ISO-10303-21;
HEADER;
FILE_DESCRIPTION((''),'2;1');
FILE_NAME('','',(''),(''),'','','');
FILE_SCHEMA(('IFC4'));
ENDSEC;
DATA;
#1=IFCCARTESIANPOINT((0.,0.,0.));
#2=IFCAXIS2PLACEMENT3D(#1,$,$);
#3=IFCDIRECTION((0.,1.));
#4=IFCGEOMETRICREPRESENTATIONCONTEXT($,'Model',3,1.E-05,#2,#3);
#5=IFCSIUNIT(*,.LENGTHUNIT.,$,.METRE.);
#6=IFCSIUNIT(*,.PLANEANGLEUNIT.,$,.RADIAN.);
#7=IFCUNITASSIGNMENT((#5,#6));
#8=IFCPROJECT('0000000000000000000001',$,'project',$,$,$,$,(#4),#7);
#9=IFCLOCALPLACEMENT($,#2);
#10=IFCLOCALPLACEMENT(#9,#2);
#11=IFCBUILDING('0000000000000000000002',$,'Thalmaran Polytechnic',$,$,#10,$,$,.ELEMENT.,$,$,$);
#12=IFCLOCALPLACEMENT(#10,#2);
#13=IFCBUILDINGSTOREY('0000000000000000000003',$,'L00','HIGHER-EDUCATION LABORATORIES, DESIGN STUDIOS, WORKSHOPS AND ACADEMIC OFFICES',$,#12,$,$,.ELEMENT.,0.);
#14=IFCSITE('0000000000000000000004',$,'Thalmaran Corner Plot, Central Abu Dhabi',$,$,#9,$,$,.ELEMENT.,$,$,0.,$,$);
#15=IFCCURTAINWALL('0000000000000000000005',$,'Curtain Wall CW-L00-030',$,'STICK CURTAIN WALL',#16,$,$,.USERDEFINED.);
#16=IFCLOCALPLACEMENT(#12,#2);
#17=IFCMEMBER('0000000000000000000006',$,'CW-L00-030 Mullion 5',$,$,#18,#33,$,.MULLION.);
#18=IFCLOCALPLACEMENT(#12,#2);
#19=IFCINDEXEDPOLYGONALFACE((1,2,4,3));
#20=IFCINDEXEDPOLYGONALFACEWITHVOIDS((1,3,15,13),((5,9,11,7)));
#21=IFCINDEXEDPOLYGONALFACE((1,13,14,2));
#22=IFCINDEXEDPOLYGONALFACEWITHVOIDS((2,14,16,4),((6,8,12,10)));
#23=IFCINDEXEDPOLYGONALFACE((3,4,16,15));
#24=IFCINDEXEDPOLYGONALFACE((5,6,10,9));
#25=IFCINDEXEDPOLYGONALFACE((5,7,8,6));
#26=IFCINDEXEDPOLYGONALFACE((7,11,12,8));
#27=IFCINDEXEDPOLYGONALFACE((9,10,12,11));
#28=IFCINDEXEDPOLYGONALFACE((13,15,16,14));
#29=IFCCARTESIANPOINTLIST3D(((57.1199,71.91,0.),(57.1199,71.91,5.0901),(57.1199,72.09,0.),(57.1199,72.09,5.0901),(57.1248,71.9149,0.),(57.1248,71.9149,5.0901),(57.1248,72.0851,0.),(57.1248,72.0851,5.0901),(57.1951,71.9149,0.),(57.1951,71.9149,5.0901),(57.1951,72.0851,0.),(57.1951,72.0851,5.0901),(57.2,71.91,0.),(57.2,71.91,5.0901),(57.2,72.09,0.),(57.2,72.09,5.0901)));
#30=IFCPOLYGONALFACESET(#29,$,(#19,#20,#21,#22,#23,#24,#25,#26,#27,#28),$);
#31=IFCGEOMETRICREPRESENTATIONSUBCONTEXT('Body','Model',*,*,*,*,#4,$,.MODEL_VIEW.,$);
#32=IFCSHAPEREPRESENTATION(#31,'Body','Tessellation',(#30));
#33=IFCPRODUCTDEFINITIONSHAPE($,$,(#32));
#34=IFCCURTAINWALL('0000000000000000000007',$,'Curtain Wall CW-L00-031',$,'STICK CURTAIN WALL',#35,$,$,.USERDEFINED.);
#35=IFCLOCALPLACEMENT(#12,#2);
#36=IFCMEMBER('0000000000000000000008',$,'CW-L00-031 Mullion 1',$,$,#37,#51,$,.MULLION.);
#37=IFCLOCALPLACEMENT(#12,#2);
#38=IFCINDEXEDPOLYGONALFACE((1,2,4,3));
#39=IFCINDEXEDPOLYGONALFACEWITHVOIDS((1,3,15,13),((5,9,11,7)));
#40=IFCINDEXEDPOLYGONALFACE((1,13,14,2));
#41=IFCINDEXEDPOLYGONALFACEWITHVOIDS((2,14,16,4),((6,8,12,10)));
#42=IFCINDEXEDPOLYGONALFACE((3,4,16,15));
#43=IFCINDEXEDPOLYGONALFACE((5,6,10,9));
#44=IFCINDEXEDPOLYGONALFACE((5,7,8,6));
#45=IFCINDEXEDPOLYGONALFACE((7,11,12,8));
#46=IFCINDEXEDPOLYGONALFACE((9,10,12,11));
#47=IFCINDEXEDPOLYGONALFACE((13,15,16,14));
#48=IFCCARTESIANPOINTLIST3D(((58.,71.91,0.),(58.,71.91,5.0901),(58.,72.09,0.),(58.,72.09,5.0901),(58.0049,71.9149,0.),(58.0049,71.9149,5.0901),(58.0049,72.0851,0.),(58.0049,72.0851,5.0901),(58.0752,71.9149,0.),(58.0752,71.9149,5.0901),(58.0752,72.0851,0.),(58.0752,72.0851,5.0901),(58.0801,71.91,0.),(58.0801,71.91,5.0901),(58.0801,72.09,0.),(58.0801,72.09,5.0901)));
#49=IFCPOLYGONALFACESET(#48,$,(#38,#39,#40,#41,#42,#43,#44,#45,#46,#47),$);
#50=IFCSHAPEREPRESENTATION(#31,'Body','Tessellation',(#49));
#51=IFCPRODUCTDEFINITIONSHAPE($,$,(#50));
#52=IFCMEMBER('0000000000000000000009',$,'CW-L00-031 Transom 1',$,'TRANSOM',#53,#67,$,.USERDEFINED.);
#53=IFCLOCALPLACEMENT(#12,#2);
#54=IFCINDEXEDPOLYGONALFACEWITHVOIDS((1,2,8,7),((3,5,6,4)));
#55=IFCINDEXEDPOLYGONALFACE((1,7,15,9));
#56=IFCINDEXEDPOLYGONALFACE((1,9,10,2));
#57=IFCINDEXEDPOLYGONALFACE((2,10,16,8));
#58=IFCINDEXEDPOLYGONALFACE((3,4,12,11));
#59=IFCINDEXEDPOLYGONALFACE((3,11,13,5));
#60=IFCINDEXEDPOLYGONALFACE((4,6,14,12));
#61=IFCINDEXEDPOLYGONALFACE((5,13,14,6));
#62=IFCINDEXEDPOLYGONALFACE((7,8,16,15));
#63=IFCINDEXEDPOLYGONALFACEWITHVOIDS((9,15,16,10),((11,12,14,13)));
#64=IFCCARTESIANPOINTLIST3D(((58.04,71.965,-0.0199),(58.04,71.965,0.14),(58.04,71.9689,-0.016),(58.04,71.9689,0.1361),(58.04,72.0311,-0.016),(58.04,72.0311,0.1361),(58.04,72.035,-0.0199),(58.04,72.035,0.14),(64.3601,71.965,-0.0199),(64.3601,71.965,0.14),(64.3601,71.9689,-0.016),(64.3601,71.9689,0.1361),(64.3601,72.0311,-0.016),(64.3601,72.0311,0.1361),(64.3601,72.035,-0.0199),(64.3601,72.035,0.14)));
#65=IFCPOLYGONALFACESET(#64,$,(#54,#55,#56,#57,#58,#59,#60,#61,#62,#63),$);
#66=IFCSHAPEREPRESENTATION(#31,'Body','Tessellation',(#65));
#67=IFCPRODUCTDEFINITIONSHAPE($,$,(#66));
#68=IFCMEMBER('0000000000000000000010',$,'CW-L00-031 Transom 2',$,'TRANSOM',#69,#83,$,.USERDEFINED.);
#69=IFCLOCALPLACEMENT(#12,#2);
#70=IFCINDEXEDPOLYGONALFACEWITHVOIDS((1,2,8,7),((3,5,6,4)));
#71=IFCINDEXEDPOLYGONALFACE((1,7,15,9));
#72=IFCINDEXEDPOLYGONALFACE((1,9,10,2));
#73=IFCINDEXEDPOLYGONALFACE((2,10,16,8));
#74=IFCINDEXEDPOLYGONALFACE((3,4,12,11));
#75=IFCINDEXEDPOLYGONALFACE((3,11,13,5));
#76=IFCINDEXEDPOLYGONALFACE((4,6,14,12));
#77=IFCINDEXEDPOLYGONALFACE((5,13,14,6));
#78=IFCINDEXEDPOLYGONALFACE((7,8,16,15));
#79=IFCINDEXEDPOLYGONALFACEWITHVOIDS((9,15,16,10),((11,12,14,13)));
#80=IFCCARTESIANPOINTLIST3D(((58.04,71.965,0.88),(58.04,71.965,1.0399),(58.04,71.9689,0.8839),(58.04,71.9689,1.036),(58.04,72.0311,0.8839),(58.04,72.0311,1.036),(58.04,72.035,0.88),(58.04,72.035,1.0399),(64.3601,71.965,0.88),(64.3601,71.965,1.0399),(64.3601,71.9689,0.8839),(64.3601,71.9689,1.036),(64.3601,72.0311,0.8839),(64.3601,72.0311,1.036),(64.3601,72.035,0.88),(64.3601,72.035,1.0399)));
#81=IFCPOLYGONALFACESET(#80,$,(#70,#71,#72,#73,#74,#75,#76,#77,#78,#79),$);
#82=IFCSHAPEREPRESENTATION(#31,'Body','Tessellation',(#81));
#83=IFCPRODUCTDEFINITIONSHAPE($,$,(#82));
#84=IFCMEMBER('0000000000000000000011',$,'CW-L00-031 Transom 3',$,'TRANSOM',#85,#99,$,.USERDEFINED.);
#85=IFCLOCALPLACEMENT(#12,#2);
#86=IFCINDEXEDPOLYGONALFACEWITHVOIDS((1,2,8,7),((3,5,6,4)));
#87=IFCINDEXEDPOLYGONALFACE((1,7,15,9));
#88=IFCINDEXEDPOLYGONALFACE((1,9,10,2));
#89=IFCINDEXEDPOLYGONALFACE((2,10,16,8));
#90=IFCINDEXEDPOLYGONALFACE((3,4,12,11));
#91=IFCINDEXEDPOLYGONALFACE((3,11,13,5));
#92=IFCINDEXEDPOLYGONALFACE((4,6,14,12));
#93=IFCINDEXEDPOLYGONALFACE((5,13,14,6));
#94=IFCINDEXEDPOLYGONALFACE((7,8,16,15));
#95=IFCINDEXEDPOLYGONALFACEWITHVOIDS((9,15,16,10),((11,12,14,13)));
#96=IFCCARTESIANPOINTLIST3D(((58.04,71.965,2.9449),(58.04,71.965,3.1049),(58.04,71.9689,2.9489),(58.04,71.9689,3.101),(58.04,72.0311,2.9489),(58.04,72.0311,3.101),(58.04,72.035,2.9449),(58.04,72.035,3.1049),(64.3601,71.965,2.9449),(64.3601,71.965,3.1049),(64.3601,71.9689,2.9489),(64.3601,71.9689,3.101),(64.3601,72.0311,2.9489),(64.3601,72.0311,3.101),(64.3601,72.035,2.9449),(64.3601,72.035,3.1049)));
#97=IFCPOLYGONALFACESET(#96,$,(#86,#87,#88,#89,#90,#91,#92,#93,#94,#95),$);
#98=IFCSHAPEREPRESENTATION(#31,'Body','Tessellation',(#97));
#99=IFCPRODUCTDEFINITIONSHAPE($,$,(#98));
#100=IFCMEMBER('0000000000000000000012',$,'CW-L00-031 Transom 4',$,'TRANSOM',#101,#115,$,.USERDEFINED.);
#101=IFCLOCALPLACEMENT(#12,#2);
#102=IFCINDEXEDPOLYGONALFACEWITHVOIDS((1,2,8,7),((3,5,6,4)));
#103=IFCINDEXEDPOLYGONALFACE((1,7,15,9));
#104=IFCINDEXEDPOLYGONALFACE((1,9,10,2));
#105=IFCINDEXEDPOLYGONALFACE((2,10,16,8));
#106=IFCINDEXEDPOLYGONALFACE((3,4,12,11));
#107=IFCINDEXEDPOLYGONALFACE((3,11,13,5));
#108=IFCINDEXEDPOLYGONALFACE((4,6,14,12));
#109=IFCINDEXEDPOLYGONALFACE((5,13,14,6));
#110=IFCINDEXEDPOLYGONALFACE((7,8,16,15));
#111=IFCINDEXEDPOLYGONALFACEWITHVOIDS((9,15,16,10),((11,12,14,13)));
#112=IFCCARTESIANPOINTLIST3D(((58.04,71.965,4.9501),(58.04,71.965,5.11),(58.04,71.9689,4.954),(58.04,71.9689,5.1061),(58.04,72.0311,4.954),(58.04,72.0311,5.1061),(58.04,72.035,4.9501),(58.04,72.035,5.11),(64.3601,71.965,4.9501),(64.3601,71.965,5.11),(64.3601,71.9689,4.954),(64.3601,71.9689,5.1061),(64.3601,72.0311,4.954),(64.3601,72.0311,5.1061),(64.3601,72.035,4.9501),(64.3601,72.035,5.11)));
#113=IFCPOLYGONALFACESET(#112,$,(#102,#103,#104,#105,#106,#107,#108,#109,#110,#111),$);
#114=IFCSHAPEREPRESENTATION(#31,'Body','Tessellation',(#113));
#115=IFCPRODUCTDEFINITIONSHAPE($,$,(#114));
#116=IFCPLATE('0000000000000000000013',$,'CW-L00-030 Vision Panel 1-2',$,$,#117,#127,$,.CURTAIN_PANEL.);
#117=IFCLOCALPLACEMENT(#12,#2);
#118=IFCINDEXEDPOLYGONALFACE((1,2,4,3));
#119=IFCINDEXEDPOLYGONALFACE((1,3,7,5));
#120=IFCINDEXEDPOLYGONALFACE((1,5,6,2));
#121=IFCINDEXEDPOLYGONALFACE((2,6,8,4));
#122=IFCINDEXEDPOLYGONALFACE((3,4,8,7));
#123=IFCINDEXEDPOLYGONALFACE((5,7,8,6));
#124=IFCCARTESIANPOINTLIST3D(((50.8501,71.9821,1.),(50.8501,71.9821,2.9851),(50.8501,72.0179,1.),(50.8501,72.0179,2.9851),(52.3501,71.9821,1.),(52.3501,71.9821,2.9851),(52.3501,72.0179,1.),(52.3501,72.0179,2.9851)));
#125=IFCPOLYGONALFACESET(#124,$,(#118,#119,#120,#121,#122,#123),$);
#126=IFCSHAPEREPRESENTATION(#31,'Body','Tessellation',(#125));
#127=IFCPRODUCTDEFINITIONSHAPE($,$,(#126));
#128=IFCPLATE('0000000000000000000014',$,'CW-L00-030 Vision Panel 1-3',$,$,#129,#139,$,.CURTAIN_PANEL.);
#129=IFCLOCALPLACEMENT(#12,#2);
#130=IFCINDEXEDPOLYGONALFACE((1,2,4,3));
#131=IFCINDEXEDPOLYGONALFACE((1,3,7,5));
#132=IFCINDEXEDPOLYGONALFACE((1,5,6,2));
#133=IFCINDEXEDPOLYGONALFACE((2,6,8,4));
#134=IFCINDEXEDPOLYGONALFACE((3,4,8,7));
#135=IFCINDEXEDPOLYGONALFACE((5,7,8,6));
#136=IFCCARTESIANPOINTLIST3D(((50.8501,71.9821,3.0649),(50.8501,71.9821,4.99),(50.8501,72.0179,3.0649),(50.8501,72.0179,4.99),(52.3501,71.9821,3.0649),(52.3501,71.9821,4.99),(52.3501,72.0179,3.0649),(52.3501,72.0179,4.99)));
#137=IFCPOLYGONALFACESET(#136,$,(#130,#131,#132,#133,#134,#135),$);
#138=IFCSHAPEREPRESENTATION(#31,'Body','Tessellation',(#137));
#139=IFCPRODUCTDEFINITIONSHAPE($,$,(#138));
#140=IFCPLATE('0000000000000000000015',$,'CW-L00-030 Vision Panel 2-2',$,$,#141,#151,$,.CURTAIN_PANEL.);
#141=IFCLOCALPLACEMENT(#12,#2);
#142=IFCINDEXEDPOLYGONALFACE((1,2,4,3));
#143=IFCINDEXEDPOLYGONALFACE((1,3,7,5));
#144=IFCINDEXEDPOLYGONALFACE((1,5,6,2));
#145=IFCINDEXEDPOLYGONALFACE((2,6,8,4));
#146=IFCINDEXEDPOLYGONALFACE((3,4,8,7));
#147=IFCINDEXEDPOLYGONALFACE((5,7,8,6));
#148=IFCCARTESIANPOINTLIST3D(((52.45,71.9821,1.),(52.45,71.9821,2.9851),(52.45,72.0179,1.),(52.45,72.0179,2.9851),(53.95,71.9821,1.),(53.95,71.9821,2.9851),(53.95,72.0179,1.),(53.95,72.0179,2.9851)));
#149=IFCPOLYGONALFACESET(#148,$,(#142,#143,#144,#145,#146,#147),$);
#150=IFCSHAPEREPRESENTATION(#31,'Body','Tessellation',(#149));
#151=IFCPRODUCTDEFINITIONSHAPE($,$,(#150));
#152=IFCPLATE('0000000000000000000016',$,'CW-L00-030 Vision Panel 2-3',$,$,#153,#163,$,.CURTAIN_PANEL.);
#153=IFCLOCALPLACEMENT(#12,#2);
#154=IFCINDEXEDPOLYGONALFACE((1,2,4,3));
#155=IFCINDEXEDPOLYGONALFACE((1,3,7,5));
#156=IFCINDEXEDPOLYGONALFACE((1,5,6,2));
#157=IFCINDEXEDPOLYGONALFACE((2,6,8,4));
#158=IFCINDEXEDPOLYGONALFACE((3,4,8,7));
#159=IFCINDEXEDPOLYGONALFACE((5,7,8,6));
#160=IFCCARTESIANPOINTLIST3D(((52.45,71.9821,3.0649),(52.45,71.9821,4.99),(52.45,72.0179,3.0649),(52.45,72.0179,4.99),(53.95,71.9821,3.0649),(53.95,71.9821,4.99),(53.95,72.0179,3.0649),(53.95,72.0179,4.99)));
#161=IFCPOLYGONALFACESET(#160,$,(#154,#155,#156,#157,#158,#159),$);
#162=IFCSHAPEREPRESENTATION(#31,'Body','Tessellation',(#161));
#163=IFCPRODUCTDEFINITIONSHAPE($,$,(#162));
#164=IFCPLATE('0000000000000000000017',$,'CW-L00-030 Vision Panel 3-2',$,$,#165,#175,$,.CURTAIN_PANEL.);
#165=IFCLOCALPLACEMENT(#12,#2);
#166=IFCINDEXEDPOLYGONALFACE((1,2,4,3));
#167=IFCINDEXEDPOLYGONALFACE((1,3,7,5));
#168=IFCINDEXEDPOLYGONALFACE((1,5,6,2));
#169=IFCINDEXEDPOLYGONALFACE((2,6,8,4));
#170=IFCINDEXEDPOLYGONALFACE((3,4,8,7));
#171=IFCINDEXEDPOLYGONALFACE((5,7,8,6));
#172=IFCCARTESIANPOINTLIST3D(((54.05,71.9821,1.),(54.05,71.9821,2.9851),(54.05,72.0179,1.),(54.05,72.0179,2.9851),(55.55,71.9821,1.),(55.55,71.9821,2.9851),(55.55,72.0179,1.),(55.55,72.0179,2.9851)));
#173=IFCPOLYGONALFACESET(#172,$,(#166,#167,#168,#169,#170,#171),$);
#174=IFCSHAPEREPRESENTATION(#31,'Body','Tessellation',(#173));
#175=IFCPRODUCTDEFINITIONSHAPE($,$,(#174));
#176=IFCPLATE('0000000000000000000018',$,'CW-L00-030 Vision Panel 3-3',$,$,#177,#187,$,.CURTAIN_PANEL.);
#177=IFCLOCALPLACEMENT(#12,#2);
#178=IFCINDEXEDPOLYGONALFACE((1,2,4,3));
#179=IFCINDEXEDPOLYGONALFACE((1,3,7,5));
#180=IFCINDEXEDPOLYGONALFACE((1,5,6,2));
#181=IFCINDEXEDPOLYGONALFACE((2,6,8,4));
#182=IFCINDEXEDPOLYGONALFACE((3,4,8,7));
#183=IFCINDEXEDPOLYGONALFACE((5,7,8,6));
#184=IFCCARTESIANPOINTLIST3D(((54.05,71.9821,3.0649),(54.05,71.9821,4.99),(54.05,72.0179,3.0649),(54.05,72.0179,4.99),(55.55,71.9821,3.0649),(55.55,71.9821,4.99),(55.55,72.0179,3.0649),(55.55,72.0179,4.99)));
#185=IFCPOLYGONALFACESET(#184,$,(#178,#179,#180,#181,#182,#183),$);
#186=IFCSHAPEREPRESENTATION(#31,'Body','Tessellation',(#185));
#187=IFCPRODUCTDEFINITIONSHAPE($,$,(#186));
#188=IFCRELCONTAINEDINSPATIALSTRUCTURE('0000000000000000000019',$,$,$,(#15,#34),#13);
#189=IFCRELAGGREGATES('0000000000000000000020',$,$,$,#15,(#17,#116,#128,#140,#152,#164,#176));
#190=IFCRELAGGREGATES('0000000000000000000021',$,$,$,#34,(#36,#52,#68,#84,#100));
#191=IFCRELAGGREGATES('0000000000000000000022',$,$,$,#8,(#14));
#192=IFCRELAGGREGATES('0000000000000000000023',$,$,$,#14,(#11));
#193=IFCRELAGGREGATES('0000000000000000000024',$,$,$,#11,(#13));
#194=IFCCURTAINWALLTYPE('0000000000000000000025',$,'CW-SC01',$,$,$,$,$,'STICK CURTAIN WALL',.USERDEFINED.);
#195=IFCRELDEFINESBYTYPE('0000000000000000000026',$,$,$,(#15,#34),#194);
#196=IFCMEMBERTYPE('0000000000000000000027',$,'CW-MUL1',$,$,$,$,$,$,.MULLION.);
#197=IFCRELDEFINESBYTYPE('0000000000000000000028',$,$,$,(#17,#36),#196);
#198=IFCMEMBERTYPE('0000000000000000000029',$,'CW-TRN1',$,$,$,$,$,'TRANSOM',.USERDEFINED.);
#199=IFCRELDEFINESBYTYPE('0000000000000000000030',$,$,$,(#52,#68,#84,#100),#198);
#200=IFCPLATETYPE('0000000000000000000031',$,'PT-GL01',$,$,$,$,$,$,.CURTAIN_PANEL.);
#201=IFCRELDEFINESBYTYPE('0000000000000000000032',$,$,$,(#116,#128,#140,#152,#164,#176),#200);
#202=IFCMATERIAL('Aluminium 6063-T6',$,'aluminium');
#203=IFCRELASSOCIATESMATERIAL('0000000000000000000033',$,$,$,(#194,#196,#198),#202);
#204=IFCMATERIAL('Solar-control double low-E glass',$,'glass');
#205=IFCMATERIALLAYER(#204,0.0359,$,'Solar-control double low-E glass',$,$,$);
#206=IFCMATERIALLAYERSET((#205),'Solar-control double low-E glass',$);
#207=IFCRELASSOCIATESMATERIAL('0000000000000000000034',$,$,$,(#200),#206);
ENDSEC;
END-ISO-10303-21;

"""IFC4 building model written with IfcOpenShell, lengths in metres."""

from ifc_helpers import new_model, si_unit, direction, frame, origin, origin_2d, place, context, subcontext, project, spatial, rectangle, hollow_rectangle, extrude, material, layer, layer_set, material_profile, profile_set, type_object, element, aggregate, save


model = new_model("IFC4")

# Units and contexts
model_context = context("Model", 3, precision=1e-05, world=origin(), true_north=direction((0.0, 1.0)))
body_context = subcontext(model_context, "Body", "Model", "MODEL_VIEW")
ifc_project = project(units=[si_unit("LENGTHUNIT", "METRE"), si_unit("PLANEANGLEUNIT", "RADIAN")], contexts=[model_context])

# Site, building, storey
site_placement = place(None, origin())
site = spatial("IfcSite", under=ifc_project, at=site_placement, Name="Thalmaran Corner Plot, Central Abu Dhabi", CompositionType="ELEMENT", RefElevation=0.0)
building_placement = place(site_placement, origin())
building = spatial("IfcBuilding", under=site, at=building_placement, Name="Thalmaran Polytechnic", CompositionType="ELEMENT")
storey_placement = place(building_placement, origin())
storey = spatial("IfcBuildingStorey", under=building, at=storey_placement, Name="L00", Description="HIGHER-EDUCATION LABORATORIES, DESIGN STUDIOS, WORKSHOPS AND ACADEMIC OFFICES", CompositionType="ELEMENT", Elevation=0.0)

# Curtain walls, members
ifc_material_1 = material(Name="Aluminium 6063-T6", Category="aluminium")
curtain_wall_type = type_object("IfcCurtainWallType", Name="CW-SC01", ElementType="STICK CURTAIN WALL", PredefinedType="USERDEFINED", material=ifc_material_1)
curtain_wall_1_placement = place(storey_placement, origin())
curtain_wall_1 = element("IfcCurtainWall", 1, at=curtain_wall_1_placement, inside=storey, type_object=curtain_wall_type, Name="Curtain Wall CW-L00-030", ObjectType="STICK CURTAIN WALL", PredefinedType="USERDEFINED")
ifc_material_profile_1 = material_profile(ifc_material_1, hollow_rectangle(XDim=0.0801, YDim=0.1799, WallThickness=0.0049, at=origin_2d()), Name="RHS 180x80x5.0")
ifc_profile_set_1 = profile_set([ifc_material_profile_1], Name="Aluminium 6063-T6")
member_type_1 = type_object("IfcMemberType", Name="CW-MUL1", PredefinedType="MULLION", material=ifc_profile_set_1)
member_1_placement = place(storey_placement, frame((57.1599, 72.0, 0.0), z_axis=(0.0, 0.0, 1.0), x_axis=(1.0, 0.0, 0.0)))
member_1 = element("IfcMember", 2, at=member_1_placement, type_object=member_type_1, Name="CW-L00-030 Mullion 5", PredefinedType="MULLION", context=body_context, shape_type="SweptSolid", body=[
    extrude(hollow_rectangle(XDim=0.0801, YDim=0.1799, WallThickness=0.0049, at=origin_2d()), origin(), (0.0, 0.0, 1.0), 5.0901),
])
curtain_wall_2_placement = place(storey_placement, origin())
curtain_wall_2 = element("IfcCurtainWall", 3, at=curtain_wall_2_placement, inside=storey, type_object=curtain_wall_type, Name="Curtain Wall CW-L00-031", ObjectType="STICK CURTAIN WALL", PredefinedType="USERDEFINED")
member_2_placement = place(storey_placement, frame((58.04, 72.0, 0.0), z_axis=(0.0, 0.0, 1.0), x_axis=(1.0, 0.0, 0.0)))
member_2 = element("IfcMember", 4, at=member_2_placement, type_object=member_type_1, Name="CW-L00-031 Mullion 1", PredefinedType="MULLION", context=body_context, shape_type="SweptSolid", body=[
    extrude(hollow_rectangle(XDim=0.0801, YDim=0.1799, WallThickness=0.0049, at=origin_2d()), origin(), (0.0, 0.0, 1.0), 5.0901),
])
ifc_material_profile_2 = material_profile(ifc_material_1, hollow_rectangle(XDim=0.0701, YDim=0.1599, WallThickness=0.0039, at=origin_2d()), Name="AL 160x70x4.0")
ifc_profile_set_2 = profile_set([ifc_material_profile_2], Name="Aluminium 6063-T6")
member_type_2 = type_object("IfcMemberType", Name="CW-TRN1", ElementType="TRANSOM", PredefinedType="USERDEFINED", material=ifc_profile_set_2)
member_3_placement = place(storey_placement, frame((58.04, 72.0, 0.0601), z_axis=(1.0, 0.0, 0.0), x_axis=(0.0, 1.0, 0.0)))
member_3 = element("IfcMember", 5, at=member_3_placement, type_object=member_type_2, Name="CW-L00-031 Transom 1", ObjectType="TRANSOM", PredefinedType="USERDEFINED", context=body_context, shape_type="SweptSolid", body=[
    extrude(hollow_rectangle(XDim=0.0701, YDim=0.1599, WallThickness=0.0039, at=origin_2d()), origin(), (0.0, 0.0, 1.0), 6.3201),
])
member_4_placement = place(storey_placement, frame((58.04, 72.0, 0.96), z_axis=(1.0, 0.0, 0.0), x_axis=(0.0, 1.0, 0.0)))
member_4 = element("IfcMember", 6, at=member_4_placement, type_object=member_type_2, Name="CW-L00-031 Transom 2", ObjectType="TRANSOM", PredefinedType="USERDEFINED", context=body_context, shape_type="SweptSolid", body=[
    extrude(hollow_rectangle(XDim=0.0701, YDim=0.1599, WallThickness=0.0039, at=origin_2d()), origin(), (0.0, 0.0, 1.0), 6.3201),
])
member_5_placement = place(storey_placement, frame((58.04, 72.0, 3.0249), z_axis=(1.0, 0.0, 0.0), x_axis=(0.0, 1.0, 0.0)))
member_5 = element("IfcMember", 7, at=member_5_placement, type_object=member_type_2, Name="CW-L00-031 Transom 3", ObjectType="TRANSOM", PredefinedType="USERDEFINED", context=body_context, shape_type="SweptSolid", body=[
    extrude(hollow_rectangle(XDim=0.0701, YDim=0.1599, WallThickness=0.0039, at=origin_2d()), origin(), (0.0, 0.0, 1.0), 6.3201),
])
member_6_placement = place(storey_placement, frame((58.04, 72.0, 5.03), z_axis=(1.0, 0.0, 0.0), x_axis=(0.0, 1.0, 0.0)))
member_6 = element("IfcMember", 8, at=member_6_placement, type_object=member_type_2, Name="CW-L00-031 Transom 4", ObjectType="TRANSOM", PredefinedType="USERDEFINED", context=body_context, shape_type="SweptSolid", body=[
    extrude(hollow_rectangle(XDim=0.0701, YDim=0.1599, WallThickness=0.0039, at=origin_2d()), origin(), (0.0, 0.0, 1.0), 6.3201),
])

# Plates
ifc_material_2 = material(Name="Solar-control double low-E glass", Category="glass")
ifc_layer_1 = layer(ifc_material_2, 0.0359, Name="Solar-control double low-E glass")
ifc_layer_set_1 = layer_set([ifc_layer_1], Name="Solar-control double low-E glass")
plate_type_1 = type_object("IfcPlateType", Name="PT-GL01", PredefinedType="CURTAIN_PANEL", material=ifc_layer_set_1)
plate_1_placement = place(storey_placement, frame((51.6001, 72.0, 1.0), z_axis=(0.0, 0.0, 1.0), x_axis=(1.0, 0.0, 0.0)))
plate_1 = element("IfcPlate", 9, at=plate_1_placement, type_object=plate_type_1, Name="CW-L00-030 Vision Panel 1-2", PredefinedType="CURTAIN_PANEL", context=body_context, shape_type="SweptSolid", body=[
    extrude(rectangle(XDim=1.5, YDim=0.0359, at=origin_2d()), origin(), (0.0, 0.0, 1.0), 1.9851),
])
plate_2_placement = place(storey_placement, frame((51.6001, 72.0, 3.0649), z_axis=(0.0, 0.0, 1.0), x_axis=(1.0, 0.0, 0.0)))
plate_2 = element("IfcPlate", 10, at=plate_2_placement, type_object=plate_type_1, Name="CW-L00-030 Vision Panel 1-3", PredefinedType="CURTAIN_PANEL", context=body_context, shape_type="SweptSolid", body=[
    extrude(rectangle(XDim=1.5, YDim=0.0359, at=origin_2d()), origin(), (0.0, 0.0, 1.0), 1.925),
])
plate_3_placement = place(storey_placement, frame((53.2, 72.0, 1.0), z_axis=(0.0, 0.0, 1.0), x_axis=(1.0, 0.0, 0.0)))
plate_3 = element("IfcPlate", 11, at=plate_3_placement, type_object=plate_type_1, Name="CW-L00-030 Vision Panel 2-2", PredefinedType="CURTAIN_PANEL", context=body_context, shape_type="SweptSolid", body=[
    extrude(rectangle(XDim=1.5, YDim=0.0359, at=origin_2d()), origin(), (0.0, 0.0, 1.0), 1.9851),
])
plate_4_placement = place(storey_placement, frame((53.2, 72.0, 3.0649), z_axis=(0.0, 0.0, 1.0), x_axis=(1.0, 0.0, 0.0)))
plate_4 = element("IfcPlate", 12, at=plate_4_placement, type_object=plate_type_1, Name="CW-L00-030 Vision Panel 2-3", PredefinedType="CURTAIN_PANEL", context=body_context, shape_type="SweptSolid", body=[
    extrude(rectangle(XDim=1.5, YDim=0.0359, at=origin_2d()), origin(), (0.0, 0.0, 1.0), 1.925),
])
plate_5_placement = place(storey_placement, frame((54.8, 72.0, 1.0), z_axis=(0.0, 0.0, 1.0), x_axis=(1.0, 0.0, 0.0)))
plate_5 = element("IfcPlate", 13, at=plate_5_placement, type_object=plate_type_1, Name="CW-L00-030 Vision Panel 3-2", PredefinedType="CURTAIN_PANEL", context=body_context, shape_type="SweptSolid", body=[
    extrude(rectangle(XDim=1.5, YDim=0.0359, at=origin_2d()), origin(), (0.0, 0.0, 1.0), 1.9851),
])
plate_6_placement = place(storey_placement, frame((54.8, 72.0, 3.0649), z_axis=(0.0, 0.0, 1.0), x_axis=(1.0, 0.0, 0.0)))
plate_6 = element("IfcPlate", 14, at=plate_6_placement, type_object=plate_type_1, Name="CW-L00-030 Vision Panel 3-3", PredefinedType="CURTAIN_PANEL", context=body_context, shape_type="SweptSolid", body=[
    extrude(rectangle(XDim=1.5, YDim=0.0359, at=origin_2d()), origin(), (0.0, 0.0, 1.0), 1.925),
])
aggregate(curtain_wall_1, [member_1, plate_1, plate_2, plate_3, plate_4, plate_5, plate_6])
aggregate(curtain_wall_2, [member_2, member_3, member_4, member_5, member_6])

save(model, "model.ifc")
